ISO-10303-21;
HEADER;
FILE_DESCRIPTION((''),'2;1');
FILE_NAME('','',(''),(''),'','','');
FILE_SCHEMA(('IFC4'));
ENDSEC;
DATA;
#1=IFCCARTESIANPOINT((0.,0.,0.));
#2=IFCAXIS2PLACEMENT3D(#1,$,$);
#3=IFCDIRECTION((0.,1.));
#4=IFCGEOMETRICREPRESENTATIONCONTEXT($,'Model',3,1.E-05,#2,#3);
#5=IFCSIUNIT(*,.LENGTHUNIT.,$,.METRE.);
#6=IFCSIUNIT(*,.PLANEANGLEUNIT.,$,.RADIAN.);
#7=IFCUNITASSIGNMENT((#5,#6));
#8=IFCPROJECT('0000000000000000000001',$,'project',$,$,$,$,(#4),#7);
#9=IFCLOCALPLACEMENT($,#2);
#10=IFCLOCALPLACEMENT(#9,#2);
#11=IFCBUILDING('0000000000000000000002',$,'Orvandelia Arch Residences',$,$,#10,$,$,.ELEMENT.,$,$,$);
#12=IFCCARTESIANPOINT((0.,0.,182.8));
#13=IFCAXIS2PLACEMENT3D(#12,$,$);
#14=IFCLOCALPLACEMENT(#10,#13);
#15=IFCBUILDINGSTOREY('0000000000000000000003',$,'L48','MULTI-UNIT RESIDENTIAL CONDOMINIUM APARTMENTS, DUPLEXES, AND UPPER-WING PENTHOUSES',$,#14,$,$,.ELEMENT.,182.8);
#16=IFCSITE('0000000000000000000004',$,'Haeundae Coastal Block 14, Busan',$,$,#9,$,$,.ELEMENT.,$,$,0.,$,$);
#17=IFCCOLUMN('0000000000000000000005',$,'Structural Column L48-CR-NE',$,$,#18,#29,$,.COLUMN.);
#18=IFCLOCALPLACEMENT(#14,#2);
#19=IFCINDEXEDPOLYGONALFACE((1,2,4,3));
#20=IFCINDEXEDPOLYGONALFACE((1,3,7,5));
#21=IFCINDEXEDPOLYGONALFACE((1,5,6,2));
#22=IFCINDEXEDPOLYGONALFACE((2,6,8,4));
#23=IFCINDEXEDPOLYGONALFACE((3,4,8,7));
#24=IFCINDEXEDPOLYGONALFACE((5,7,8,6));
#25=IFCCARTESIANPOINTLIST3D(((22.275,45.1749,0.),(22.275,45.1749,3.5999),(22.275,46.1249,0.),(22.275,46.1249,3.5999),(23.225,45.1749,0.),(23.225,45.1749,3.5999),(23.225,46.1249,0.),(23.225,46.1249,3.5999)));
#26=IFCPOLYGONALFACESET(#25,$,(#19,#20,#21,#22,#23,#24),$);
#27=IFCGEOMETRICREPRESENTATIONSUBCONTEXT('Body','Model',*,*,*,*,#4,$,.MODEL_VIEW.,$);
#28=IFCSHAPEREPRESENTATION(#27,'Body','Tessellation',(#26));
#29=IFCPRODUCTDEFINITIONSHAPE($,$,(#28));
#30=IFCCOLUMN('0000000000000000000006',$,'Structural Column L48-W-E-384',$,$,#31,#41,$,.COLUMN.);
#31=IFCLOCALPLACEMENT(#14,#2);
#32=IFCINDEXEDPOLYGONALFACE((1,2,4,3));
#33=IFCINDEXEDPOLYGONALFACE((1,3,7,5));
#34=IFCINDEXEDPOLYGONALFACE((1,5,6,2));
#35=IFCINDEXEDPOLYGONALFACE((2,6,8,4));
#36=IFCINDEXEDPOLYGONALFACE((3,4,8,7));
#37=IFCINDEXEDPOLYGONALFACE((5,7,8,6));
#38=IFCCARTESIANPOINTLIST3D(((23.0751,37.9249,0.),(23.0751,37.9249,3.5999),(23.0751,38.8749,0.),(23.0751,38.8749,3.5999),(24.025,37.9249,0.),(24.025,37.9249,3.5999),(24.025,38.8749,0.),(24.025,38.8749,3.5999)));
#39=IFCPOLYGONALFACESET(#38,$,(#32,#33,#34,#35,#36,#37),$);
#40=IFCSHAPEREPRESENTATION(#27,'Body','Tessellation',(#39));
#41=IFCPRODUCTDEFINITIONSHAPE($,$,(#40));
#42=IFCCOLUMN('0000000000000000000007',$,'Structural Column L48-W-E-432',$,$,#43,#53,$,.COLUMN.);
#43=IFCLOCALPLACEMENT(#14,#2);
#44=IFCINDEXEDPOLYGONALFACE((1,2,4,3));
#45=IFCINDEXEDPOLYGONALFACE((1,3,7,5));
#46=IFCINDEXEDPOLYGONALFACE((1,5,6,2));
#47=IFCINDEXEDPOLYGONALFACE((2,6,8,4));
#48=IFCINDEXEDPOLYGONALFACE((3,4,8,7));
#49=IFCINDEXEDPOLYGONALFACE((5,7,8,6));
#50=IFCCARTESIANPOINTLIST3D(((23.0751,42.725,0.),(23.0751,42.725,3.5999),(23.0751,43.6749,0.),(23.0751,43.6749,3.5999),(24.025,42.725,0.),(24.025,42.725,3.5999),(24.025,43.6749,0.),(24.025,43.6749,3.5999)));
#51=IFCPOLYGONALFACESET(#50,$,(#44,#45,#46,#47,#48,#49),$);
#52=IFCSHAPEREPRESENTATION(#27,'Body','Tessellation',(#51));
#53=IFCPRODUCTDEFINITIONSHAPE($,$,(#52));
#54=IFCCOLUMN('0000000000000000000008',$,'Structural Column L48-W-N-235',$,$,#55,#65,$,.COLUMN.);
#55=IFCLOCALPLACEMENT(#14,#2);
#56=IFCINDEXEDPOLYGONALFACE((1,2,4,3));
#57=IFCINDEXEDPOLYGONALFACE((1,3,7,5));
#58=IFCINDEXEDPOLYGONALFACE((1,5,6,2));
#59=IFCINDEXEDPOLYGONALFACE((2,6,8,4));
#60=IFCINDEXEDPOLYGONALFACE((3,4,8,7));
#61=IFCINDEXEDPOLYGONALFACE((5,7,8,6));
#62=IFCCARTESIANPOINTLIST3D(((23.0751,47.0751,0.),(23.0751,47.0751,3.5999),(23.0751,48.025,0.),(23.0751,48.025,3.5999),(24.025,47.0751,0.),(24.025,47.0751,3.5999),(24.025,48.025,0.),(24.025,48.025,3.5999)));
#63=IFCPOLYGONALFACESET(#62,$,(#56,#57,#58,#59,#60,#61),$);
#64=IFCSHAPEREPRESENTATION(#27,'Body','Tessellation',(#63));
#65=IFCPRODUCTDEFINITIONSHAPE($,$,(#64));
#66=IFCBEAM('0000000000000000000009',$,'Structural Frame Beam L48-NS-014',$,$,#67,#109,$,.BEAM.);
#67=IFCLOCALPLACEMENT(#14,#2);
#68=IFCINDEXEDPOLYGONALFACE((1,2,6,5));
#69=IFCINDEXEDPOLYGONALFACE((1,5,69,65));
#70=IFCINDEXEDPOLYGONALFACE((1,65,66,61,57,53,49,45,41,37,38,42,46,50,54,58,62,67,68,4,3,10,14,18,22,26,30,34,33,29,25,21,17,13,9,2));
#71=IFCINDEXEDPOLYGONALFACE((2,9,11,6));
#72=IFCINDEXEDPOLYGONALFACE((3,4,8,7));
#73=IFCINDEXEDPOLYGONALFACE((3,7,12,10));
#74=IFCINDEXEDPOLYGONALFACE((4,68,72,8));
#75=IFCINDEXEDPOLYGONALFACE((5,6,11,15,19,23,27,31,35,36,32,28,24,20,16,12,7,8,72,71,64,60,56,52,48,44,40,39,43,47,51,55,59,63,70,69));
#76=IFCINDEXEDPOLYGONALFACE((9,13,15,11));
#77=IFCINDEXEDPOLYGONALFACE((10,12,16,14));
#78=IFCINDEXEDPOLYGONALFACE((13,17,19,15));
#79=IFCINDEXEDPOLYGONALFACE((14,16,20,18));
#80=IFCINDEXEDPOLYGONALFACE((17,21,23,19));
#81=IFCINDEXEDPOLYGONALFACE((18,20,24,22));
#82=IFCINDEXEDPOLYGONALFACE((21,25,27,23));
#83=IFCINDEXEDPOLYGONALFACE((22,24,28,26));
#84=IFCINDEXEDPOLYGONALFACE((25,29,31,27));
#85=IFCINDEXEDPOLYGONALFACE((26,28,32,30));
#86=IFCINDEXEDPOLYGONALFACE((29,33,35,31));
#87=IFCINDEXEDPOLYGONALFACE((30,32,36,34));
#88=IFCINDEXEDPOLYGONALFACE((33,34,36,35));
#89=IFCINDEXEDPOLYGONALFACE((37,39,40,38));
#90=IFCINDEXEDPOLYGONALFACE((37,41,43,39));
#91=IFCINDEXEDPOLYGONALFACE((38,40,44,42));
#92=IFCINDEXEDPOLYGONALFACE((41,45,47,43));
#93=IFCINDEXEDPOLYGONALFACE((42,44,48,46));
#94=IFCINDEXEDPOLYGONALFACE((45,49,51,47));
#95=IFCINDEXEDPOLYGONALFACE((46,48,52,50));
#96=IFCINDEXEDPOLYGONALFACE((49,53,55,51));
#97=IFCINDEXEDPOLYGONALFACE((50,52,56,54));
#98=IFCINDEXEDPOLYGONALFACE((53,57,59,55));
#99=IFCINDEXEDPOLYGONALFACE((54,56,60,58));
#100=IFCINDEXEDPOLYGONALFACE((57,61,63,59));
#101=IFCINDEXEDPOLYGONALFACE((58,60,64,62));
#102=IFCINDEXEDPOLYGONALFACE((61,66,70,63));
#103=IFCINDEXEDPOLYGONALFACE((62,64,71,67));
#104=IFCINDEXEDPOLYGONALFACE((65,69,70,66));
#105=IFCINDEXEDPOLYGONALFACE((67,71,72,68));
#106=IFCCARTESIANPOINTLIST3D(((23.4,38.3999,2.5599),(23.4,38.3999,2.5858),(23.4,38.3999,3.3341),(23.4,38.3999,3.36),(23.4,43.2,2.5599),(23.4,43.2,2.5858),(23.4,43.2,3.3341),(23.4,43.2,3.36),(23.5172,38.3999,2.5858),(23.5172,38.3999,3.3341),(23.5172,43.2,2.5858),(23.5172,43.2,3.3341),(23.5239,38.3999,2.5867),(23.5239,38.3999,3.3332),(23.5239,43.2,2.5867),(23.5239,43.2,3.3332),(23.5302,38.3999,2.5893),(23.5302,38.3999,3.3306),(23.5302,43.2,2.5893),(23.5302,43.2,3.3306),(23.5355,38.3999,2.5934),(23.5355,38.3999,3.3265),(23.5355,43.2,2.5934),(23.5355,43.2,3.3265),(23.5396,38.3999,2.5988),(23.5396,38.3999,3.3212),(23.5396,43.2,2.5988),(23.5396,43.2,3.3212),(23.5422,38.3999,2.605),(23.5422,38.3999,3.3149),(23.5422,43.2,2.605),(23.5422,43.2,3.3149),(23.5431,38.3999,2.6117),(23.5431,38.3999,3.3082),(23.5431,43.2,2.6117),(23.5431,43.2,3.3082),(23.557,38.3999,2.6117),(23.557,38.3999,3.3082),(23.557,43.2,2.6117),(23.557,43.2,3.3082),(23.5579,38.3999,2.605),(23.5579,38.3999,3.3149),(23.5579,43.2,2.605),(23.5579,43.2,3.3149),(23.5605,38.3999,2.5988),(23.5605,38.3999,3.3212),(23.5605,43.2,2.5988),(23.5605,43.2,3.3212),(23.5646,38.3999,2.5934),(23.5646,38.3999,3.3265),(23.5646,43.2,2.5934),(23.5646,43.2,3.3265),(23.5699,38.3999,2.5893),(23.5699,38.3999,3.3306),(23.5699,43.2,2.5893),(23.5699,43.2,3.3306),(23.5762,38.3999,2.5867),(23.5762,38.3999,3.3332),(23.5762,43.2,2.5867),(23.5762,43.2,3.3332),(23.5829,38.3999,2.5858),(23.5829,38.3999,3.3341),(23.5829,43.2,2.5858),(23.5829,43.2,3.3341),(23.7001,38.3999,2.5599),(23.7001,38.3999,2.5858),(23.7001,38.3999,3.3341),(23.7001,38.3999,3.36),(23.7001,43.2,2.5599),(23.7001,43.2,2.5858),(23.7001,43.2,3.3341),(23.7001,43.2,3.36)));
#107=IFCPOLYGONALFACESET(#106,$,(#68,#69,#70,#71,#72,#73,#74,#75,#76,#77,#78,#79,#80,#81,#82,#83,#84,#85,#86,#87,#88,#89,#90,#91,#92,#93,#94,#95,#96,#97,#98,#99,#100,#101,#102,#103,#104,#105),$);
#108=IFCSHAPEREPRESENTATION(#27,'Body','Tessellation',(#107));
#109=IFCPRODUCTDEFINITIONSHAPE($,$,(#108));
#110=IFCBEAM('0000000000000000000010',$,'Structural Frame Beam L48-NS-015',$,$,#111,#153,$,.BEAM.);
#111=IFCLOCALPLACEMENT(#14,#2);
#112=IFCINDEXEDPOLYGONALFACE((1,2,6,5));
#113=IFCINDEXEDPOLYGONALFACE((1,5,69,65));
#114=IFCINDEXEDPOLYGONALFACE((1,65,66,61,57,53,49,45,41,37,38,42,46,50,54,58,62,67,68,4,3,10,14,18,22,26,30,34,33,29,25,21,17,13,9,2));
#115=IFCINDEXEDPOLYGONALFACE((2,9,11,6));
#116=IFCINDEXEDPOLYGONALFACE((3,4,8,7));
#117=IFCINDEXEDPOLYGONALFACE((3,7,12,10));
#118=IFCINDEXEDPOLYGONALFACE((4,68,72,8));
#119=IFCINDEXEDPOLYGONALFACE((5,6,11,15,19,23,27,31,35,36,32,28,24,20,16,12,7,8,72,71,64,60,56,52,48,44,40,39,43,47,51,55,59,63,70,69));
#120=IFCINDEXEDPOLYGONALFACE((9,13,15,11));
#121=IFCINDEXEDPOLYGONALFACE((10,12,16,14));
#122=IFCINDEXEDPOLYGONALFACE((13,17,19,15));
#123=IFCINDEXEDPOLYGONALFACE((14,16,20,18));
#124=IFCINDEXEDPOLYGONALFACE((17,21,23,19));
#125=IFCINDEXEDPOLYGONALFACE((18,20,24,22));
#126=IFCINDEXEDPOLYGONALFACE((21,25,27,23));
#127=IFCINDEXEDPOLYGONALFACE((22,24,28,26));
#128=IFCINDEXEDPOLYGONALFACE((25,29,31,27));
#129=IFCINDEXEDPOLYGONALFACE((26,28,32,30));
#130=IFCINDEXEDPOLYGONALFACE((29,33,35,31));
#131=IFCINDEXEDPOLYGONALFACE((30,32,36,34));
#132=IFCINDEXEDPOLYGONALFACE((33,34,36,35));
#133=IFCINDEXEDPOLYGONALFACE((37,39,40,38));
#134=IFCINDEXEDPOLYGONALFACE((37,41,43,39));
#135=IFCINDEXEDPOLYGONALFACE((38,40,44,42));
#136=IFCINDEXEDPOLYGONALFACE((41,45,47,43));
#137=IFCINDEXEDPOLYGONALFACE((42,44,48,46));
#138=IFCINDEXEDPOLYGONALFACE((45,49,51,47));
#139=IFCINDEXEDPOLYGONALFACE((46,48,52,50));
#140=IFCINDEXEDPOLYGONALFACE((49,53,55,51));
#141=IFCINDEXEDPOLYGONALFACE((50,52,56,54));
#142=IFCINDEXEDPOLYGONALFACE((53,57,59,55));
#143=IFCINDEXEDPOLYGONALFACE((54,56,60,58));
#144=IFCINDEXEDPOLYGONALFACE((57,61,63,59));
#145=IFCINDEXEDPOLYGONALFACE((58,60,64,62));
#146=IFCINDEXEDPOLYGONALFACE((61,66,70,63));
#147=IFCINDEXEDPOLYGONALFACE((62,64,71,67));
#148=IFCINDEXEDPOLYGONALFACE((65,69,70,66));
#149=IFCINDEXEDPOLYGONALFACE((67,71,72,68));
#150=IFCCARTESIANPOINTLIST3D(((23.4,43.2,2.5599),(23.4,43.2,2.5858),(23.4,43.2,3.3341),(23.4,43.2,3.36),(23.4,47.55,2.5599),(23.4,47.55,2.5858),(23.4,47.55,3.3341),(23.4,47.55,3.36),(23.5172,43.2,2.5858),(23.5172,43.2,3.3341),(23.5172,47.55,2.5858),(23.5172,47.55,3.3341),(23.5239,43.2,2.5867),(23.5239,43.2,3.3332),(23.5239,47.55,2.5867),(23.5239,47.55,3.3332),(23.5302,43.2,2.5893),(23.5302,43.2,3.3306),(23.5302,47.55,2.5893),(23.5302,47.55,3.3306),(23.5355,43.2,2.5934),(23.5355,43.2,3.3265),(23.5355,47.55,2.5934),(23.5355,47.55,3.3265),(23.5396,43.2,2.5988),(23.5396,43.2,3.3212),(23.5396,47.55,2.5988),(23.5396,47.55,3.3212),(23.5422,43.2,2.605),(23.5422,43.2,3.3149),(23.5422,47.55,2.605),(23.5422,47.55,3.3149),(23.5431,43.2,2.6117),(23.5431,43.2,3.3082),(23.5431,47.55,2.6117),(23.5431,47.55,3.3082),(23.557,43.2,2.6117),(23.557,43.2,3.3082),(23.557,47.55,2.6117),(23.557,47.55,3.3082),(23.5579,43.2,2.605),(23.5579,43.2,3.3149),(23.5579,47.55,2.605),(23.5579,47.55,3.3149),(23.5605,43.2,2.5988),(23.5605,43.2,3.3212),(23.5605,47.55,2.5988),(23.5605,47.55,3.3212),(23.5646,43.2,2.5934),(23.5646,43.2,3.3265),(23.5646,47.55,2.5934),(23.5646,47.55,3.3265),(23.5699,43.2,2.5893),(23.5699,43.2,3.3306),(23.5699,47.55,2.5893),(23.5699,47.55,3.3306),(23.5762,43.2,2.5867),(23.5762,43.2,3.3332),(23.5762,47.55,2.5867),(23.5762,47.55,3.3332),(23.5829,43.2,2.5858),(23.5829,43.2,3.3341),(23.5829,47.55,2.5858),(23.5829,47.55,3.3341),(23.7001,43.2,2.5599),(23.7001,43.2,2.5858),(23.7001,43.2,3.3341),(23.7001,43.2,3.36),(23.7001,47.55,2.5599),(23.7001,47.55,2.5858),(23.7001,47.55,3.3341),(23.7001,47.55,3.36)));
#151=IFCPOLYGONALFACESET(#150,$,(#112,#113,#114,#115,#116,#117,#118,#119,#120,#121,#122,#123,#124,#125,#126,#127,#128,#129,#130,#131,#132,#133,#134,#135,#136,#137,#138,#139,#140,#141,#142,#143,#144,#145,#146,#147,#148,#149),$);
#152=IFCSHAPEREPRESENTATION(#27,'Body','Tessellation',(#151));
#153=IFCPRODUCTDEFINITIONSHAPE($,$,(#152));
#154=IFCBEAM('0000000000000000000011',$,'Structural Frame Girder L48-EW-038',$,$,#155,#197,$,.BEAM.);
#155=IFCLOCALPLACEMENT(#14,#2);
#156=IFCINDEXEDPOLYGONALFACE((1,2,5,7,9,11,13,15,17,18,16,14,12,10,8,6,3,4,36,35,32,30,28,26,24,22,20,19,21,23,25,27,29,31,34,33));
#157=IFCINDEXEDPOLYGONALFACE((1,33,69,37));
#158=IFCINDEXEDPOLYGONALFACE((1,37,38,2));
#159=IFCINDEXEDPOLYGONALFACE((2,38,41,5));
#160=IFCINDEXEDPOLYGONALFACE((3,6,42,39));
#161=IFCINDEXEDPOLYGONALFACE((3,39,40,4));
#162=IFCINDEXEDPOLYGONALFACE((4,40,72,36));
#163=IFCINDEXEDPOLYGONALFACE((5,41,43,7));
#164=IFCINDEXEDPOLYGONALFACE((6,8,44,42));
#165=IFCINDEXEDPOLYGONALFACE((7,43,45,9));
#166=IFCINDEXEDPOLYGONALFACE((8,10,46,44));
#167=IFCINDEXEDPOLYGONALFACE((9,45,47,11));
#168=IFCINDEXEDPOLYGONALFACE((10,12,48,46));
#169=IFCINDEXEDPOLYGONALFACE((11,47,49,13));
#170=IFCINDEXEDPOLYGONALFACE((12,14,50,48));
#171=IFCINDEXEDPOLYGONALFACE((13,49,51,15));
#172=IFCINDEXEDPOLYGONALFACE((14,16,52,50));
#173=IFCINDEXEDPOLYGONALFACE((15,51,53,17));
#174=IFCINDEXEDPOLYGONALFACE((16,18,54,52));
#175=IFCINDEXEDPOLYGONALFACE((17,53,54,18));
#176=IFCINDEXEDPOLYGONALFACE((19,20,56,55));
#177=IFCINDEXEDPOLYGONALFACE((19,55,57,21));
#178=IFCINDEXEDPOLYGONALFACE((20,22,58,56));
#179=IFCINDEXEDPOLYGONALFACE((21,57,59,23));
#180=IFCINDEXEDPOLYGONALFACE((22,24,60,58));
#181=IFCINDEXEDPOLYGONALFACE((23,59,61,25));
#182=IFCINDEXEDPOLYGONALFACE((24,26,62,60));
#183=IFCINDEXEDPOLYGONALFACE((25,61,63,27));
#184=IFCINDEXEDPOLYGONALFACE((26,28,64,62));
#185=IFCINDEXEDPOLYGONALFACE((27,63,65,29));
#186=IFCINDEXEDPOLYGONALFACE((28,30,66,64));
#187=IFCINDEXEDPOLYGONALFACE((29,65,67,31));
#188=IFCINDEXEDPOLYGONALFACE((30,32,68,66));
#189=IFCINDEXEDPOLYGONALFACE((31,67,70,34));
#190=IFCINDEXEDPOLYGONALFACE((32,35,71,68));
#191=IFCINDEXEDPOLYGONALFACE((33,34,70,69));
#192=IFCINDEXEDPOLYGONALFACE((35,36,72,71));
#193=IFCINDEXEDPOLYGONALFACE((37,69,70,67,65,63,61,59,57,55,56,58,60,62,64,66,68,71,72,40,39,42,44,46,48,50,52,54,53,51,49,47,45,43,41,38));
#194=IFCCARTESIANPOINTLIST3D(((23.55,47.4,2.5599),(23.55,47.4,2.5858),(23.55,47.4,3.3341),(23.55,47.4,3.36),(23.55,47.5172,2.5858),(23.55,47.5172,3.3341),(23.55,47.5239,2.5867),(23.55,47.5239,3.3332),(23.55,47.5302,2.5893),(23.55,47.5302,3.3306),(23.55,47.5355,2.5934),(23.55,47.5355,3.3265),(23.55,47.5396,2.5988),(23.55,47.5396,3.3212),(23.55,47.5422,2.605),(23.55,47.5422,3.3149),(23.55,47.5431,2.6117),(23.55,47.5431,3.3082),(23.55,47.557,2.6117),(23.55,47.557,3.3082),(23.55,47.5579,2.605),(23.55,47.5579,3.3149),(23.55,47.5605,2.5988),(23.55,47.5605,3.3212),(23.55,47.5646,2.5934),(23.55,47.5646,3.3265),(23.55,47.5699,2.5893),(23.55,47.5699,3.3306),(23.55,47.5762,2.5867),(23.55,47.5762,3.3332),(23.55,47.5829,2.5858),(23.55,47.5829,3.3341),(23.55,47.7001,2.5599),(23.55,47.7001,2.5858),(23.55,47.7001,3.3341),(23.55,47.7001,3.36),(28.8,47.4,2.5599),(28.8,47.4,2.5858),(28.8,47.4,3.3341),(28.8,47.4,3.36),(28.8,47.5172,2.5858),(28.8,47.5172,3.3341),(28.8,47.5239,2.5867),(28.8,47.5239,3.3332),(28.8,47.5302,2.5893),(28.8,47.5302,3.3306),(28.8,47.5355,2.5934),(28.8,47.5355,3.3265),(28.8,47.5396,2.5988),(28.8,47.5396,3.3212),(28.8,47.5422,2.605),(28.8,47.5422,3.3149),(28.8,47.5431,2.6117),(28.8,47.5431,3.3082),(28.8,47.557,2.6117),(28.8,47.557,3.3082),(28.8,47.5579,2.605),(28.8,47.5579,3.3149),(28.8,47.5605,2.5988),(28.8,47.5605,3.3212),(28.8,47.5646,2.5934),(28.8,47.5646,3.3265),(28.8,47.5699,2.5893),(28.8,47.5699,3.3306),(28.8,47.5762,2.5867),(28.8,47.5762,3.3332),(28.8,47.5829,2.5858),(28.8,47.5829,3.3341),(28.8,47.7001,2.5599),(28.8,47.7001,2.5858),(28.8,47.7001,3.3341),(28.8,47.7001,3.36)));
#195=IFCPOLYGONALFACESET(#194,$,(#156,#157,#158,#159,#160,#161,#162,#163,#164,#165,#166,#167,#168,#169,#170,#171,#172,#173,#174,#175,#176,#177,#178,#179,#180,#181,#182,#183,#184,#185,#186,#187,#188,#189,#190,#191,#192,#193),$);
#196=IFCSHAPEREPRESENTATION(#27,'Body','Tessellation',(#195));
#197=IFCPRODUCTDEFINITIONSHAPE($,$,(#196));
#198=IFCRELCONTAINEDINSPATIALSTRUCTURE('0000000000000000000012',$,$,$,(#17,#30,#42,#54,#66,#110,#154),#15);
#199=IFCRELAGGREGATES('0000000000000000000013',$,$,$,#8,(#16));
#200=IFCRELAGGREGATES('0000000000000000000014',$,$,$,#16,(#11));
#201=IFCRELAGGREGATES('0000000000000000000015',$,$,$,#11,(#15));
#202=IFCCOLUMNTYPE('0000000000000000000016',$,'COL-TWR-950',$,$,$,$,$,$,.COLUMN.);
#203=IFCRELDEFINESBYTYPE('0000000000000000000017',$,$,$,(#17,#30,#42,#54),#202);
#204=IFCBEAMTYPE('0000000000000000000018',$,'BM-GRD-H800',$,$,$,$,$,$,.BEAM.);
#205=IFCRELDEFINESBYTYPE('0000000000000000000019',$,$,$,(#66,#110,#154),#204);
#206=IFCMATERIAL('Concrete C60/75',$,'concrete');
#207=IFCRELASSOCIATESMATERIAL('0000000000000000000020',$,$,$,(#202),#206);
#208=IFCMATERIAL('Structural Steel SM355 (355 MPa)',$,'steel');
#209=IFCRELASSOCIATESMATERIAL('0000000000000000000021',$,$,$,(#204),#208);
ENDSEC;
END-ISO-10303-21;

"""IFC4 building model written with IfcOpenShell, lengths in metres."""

from ifc_helpers import new_model, si_unit, direction, frame, origin, origin_2d, place, context, subcontext, project, spatial, rectangle, i_section, extrude, material, material_profile, profile_set, type_object, element, save


model = new_model("IFC4")

# Units and contexts
model_context = context("Model", 3, precision=1e-05, world=origin(), true_north=direction((0.0, 1.0)))
body_context = subcontext(model_context, "Body", "Model", "MODEL_VIEW")
ifc_project = project(units=[si_unit("LENGTHUNIT", "METRE"), si_unit("PLANEANGLEUNIT", "RADIAN")], contexts=[model_context])

# Site, building, storey
site_placement = place(None, origin())
site = spatial("IfcSite", under=ifc_project, at=site_placement, Name="Haeundae Coastal Block 14, Busan", CompositionType="ELEMENT", RefElevation=0.0)
building_placement = place(site_placement, origin())
building = spatial("IfcBuilding", under=site, at=building_placement, Name="Orvandelia Arch Residences", CompositionType="ELEMENT")
storey_placement = place(building_placement, frame((0.0, 0.0, 182.8)))
storey = spatial("IfcBuildingStorey", under=building, at=storey_placement, Name="L48", Description="MULTI-UNIT RESIDENTIAL CONDOMINIUM APARTMENTS, DUPLEXES, AND UPPER-WING PENTHOUSES", CompositionType="ELEMENT", Elevation=182.8)

# Columns
ifc_material_1 = material(Name="Concrete C60/75", Category="concrete")
ifc_material_profile_1 = material_profile(ifc_material_1, rectangle(XDim=0.95, YDim=0.95, at=origin_2d()), Name="Concrete C60/75", Category="concrete")
ifc_profile_set_1 = profile_set([ifc_material_profile_1], Name="Concrete C60/75")
column_type = type_object("IfcColumnType", Name="COL-TWR-950", PredefinedType="COLUMN", material=ifc_profile_set_1)
for number, where, z_axis, x_axis, name in (
    (1, (22.75, 45.6499, 0.0), (0.0, 0.0, 1.0), (1.0, 0.0, 0.0), "Structural Column L48-CR-NE"),
    (2, (23.55, 38.3999, 0.0), (0.0, 0.0, 1.0), (1.0, 0.0, 0.0), "Structural Column L48-W-E-384"),
    (3, (23.55, 43.2, 0.0), (0.0, 0.0, 1.0), (1.0, 0.0, 0.0), "Structural Column L48-W-E-432"),
    (4, (23.55, 47.55, 0.0), (0.0, 0.0, 1.0), (1.0, 0.0, 0.0), "Structural Column L48-W-N-235"),
):
    element("IfcColumn", number, at=place(storey_placement, frame(where, z_axis=z_axis, x_axis=x_axis)), inside=storey, type_object=column_type, Name=name, PredefinedType="COLUMN", context=body_context, shape_type="SweptSolid", body=[
        extrude(rectangle(XDim=0.95, YDim=0.95, at=origin_2d()), origin(), (0.0, 0.0, 1.0), 3.5999),
    ])

# Beams
ifc_material_2 = material(Name="Structural Steel SM355 (355 MPa)", Category="steel")
ifc_material_profile_2 = material_profile(ifc_material_2, i_section(OverallWidth=0.3, OverallDepth=0.8, WebThickness=0.0139, FlangeThickness=0.0259, FilletRadius=0.0259, at=origin_2d()), Name="Structural Steel SM355 (355 MPa)", Category="steel")
ifc_profile_set_2 = profile_set([ifc_material_profile_2], Name="Structural Steel SM355 (355 MPa)")
beam_type = type_object("IfcBeamType", Name="BM-GRD-H800", PredefinedType="BEAM", material=ifc_profile_set_2)
beam_1_placement = place(storey_placement, frame((23.55, 38.3999, 2.96), z_axis=(0.0, 1.0, 0.0), x_axis=(-1.0, 0.0, 0.0)))
element("IfcBeam", 5, at=beam_1_placement, inside=storey, type_object=beam_type, Name="Structural Frame Beam L48-NS-014", PredefinedType="BEAM", context=body_context, shape_type="SweptSolid", body=[
    extrude(i_section(OverallWidth=0.3, OverallDepth=0.8, WebThickness=0.0139, FlangeThickness=0.0259, FilletRadius=0.0259, at=origin_2d()), origin(), (0.0, 0.0, 1.0), 4.8),
])
beam_2_placement = place(storey_placement, frame((23.55, 43.2, 2.96), z_axis=(0.0, 1.0, 0.0), x_axis=(-1.0, 0.0, 0.0)))
element("IfcBeam", 6, at=beam_2_placement, inside=storey, type_object=beam_type, Name="Structural Frame Beam L48-NS-015", PredefinedType="BEAM", context=body_context, shape_type="SweptSolid", body=[
    extrude(i_section(OverallWidth=0.3, OverallDepth=0.8, WebThickness=0.0139, FlangeThickness=0.0259, FilletRadius=0.0259, at=origin_2d()), origin(), (0.0, 0.0, 1.0), 4.3501),
])
beam_3_placement = place(storey_placement, frame((23.55, 47.55, 2.96), z_axis=(1.0, 0.0, 0.0), x_axis=(0.0, 1.0, 0.0)))
element("IfcBeam", 7, at=beam_3_placement, inside=storey, type_object=beam_type, Name="Structural Frame Girder L48-EW-038", PredefinedType="BEAM", context=body_context, shape_type="SweptSolid", body=[
    extrude(i_section(OverallWidth=0.3, OverallDepth=0.8, WebThickness=0.0139, FlangeThickness=0.0259, FilletRadius=0.0259, at=origin_2d()), origin(), (0.0, 0.0, 1.0), 5.25),
])

save(model, "model.ifc")
